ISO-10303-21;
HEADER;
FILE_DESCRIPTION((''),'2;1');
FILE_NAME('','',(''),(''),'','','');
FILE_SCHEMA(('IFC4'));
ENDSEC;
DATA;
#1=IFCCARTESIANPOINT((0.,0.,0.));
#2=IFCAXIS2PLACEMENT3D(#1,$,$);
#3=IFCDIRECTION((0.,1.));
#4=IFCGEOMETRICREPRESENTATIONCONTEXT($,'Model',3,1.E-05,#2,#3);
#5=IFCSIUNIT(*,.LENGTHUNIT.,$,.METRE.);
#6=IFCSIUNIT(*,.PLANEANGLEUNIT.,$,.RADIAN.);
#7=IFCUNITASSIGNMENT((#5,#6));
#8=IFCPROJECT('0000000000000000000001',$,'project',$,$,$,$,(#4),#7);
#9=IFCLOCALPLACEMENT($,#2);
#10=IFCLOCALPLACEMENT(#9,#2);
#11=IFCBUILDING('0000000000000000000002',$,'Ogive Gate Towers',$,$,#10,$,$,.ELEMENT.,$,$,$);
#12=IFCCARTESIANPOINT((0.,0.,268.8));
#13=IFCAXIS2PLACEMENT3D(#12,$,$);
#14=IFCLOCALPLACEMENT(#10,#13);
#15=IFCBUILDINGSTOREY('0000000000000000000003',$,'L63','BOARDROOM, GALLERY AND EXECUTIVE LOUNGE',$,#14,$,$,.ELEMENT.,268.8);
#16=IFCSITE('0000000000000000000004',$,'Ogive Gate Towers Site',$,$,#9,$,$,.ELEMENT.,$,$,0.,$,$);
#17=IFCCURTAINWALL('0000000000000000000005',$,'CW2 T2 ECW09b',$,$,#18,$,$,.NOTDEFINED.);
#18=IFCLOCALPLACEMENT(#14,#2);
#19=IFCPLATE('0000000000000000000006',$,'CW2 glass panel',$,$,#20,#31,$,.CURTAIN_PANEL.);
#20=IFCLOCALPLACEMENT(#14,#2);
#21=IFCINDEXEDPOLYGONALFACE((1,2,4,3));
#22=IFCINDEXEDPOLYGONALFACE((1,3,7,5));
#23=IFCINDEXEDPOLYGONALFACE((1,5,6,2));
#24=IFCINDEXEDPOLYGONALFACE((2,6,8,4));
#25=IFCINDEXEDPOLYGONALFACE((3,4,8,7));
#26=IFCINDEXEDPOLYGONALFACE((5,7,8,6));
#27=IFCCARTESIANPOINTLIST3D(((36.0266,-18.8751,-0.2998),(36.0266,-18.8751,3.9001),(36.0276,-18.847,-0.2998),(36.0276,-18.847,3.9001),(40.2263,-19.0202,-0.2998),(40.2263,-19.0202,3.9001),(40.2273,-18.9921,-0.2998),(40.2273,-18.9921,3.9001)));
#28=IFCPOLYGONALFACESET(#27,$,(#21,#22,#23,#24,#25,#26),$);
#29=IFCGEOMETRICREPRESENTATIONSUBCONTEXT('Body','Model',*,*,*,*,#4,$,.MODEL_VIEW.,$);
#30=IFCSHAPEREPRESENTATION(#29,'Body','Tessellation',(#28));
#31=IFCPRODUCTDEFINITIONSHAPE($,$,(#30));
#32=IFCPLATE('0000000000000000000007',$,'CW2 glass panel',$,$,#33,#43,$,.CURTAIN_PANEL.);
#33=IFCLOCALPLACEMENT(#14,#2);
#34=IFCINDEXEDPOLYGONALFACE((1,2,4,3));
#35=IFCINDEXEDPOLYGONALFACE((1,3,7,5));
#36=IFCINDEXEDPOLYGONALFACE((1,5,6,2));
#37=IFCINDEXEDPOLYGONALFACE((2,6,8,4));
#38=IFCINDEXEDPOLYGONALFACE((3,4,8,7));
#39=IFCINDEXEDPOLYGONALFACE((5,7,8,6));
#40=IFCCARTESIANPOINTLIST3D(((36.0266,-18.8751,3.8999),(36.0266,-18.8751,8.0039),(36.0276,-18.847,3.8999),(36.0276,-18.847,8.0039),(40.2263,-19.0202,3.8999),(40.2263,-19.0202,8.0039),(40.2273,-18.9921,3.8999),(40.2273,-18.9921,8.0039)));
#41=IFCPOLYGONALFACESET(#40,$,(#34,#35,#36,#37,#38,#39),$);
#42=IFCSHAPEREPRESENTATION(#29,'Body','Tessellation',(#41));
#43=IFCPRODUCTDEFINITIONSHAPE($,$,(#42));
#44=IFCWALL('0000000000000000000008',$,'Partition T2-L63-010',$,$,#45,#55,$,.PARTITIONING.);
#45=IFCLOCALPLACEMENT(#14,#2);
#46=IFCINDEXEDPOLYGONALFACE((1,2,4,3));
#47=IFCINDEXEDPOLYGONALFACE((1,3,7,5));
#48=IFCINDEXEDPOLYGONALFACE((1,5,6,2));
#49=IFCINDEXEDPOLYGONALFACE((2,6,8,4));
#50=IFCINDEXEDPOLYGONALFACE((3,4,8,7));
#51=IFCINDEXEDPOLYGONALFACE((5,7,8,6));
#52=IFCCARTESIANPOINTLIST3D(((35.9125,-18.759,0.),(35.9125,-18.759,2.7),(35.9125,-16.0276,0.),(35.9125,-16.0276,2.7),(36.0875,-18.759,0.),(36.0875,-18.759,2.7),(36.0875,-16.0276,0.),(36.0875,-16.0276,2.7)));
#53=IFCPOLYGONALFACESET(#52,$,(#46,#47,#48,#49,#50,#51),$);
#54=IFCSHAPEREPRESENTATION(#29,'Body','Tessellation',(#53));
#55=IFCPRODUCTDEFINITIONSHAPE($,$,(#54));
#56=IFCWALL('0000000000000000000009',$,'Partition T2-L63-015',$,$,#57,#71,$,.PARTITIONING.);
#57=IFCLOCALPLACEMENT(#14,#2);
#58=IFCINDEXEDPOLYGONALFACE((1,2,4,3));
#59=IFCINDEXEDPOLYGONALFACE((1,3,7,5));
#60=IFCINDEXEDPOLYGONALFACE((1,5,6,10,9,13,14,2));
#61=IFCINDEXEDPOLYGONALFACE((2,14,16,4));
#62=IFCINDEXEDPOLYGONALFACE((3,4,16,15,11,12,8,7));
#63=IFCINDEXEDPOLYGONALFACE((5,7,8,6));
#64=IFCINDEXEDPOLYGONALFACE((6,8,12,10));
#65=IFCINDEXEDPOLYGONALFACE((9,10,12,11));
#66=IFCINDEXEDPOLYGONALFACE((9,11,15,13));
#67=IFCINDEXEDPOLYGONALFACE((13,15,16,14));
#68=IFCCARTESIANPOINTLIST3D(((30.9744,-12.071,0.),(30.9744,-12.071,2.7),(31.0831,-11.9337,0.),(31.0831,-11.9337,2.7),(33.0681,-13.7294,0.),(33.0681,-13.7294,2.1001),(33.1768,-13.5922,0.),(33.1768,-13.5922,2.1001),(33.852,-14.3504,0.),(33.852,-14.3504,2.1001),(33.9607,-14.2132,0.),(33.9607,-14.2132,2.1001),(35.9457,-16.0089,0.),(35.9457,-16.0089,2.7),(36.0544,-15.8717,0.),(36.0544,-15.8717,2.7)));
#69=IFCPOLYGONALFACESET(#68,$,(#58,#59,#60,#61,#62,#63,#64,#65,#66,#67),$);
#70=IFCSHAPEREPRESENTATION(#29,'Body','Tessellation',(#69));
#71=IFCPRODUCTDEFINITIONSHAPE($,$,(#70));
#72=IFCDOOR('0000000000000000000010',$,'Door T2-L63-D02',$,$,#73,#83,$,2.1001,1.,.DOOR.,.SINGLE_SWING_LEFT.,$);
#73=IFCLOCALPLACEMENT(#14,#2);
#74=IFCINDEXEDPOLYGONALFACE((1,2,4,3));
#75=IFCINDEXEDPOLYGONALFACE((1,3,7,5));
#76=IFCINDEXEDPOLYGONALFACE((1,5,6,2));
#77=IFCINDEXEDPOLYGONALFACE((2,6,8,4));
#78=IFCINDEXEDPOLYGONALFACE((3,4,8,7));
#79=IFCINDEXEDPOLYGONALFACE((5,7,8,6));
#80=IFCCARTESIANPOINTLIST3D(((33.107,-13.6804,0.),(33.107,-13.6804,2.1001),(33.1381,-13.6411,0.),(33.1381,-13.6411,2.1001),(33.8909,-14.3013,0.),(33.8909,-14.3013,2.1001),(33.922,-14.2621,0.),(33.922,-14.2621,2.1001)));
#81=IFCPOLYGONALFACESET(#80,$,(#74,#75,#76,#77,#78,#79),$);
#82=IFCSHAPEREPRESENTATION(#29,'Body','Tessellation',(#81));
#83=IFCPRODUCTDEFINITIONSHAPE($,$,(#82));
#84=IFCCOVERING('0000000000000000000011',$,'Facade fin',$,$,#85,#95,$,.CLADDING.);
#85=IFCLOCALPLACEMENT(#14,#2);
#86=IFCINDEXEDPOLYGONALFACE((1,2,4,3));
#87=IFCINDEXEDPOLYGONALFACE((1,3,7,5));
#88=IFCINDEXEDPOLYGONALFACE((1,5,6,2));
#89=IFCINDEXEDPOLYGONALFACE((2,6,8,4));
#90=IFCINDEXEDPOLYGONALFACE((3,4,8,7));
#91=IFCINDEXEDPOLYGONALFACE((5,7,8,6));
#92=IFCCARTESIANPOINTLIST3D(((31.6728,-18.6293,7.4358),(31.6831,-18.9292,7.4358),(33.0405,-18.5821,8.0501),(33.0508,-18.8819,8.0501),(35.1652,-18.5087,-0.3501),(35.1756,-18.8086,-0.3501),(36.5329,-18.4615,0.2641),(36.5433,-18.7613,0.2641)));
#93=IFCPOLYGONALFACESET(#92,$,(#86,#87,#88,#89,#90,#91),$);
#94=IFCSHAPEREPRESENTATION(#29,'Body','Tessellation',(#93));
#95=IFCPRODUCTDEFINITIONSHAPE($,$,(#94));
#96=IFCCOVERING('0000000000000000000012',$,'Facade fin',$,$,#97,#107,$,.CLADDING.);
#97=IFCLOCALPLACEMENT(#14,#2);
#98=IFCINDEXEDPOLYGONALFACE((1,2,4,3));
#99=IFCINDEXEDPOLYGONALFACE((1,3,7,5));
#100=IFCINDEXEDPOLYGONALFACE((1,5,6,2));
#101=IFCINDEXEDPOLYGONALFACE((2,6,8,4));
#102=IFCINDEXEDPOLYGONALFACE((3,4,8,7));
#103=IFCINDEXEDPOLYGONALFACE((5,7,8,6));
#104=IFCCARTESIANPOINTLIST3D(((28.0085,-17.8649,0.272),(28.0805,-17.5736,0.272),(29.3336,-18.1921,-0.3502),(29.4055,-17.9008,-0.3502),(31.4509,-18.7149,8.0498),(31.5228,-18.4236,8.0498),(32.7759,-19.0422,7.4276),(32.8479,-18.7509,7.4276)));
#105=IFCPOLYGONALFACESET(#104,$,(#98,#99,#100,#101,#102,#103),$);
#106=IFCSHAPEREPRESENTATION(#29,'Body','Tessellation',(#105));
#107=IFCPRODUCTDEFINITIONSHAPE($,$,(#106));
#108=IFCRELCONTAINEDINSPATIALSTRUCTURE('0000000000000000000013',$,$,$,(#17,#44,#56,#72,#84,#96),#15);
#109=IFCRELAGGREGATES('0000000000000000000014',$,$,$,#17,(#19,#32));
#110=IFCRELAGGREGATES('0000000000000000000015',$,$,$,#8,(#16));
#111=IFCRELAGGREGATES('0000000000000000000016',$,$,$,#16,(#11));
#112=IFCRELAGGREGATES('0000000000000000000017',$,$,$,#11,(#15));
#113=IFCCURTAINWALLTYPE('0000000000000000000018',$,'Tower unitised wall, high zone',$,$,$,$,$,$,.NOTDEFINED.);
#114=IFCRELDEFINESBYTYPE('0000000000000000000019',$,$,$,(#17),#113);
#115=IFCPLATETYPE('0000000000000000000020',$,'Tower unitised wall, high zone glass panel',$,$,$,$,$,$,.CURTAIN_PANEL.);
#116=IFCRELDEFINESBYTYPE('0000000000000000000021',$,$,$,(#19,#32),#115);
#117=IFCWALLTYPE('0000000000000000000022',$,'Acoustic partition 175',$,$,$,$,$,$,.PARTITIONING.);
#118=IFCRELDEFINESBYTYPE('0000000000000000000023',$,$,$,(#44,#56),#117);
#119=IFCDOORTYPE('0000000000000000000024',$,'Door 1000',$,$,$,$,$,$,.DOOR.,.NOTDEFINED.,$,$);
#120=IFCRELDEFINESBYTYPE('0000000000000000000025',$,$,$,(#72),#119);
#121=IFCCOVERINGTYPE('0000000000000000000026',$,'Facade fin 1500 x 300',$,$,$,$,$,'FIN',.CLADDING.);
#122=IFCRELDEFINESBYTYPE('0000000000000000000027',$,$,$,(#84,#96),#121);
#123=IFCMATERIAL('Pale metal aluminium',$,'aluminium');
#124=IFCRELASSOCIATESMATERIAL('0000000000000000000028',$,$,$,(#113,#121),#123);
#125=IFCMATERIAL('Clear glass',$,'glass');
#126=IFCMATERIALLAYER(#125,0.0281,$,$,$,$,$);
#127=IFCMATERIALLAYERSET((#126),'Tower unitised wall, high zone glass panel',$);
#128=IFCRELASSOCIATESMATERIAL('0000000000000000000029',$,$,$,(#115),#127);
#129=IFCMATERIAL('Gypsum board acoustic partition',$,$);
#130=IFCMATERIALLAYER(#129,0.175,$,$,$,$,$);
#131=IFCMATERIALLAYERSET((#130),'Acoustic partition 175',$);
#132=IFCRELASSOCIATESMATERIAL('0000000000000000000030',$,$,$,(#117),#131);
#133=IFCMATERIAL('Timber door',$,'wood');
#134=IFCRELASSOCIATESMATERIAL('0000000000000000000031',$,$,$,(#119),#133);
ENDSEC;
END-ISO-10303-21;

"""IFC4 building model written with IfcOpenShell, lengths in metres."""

from ifc_helpers import new_model, si_unit, direction, frame, frame_2d, origin, origin_2d, place, context, subcontext, project, spatial, rectangle, extrude, material, layer, layer_set, material_profile, profile_set, type_object, element, fill, aggregate, save


model = new_model("IFC4")

# Units and contexts
model_context = context("Model", 3, precision=1e-05, world=origin(), true_north=direction((0.0, 1.0)))
body_context = subcontext(model_context, "Body", "Model", "MODEL_VIEW")
ifc_project = project(units=[si_unit("LENGTHUNIT", "METRE"), si_unit("PLANEANGLEUNIT", "RADIAN")], contexts=[model_context])

# Site, building, storey
site_placement = place(None, origin())
site = spatial("IfcSite", under=ifc_project, at=site_placement, Name="Ogive Gate Towers Site", CompositionType="ELEMENT", RefElevation=0.0)
building_placement = place(site_placement, origin())
building = spatial("IfcBuilding", under=site, at=building_placement, Name="Ogive Gate Towers", CompositionType="ELEMENT")
storey_placement = place(building_placement, frame((0.0, 0.0, 268.8)))
storey = spatial("IfcBuildingStorey", under=building, at=storey_placement, Name="L63", Description="BOARDROOM, GALLERY AND EXECUTIVE LOUNGE", CompositionType="ELEMENT", Elevation=268.8)

# Shared definitions
ifc_material_1 = material(Name="Pale metal aluminium", Category="aluminium")
curtain_wall_type = type_object("IfcCurtainWallType", Name="Tower unitised wall, high zone", PredefinedType="NOTDEFINED", material=ifc_material_1)
ifc_material_2 = material(Name="Clear glass", Category="glass")
ifc_layer_1 = layer(ifc_material_2, 0.0281)
ifc_layer_set_1 = layer_set([ifc_layer_1], Name="Tower unitised wall, high zone glass panel")
plate_type = type_object("IfcPlateType", Name="Tower unitised wall, high zone glass panel", PredefinedType="CURTAIN_PANEL", material=ifc_layer_set_1)

# Curtain wall, plates
curtain_wall_1_placement = place(storey_placement, origin())
curtain_wall_1 = element("IfcCurtainWall", 1, at=curtain_wall_1_placement, inside=storey, type_object=curtain_wall_type, Name="CW2 T2 ECW09b", PredefinedType="NOTDEFINED")
plate_1_placement = place(storey_placement, frame((38.127, -18.9336, -0.2998), z_axis=(0.0, 0.0, 1.0), x_axis=(-0.999404, 0.034533, 0.0)))
plate_1 = element("IfcPlate", 2, at=plate_1_placement, type_object=plate_type, Name="CW2 glass panel", PredefinedType="CURTAIN_PANEL", context=body_context, shape_type="SweptSolid", body=[
    extrude(rectangle(XDim=4.2021, YDim=0.0281, at=origin_2d()), origin(), (0.0, 0.0, 1.0), 4.2),
])
plate_2_placement = place(storey_placement, frame((38.127, -18.9336, 3.8999), z_axis=(0.0, 0.0, 1.0), x_axis=(-0.999404, 0.034533, 0.0)))
plate_2 = element("IfcPlate", 3, at=plate_2_placement, type_object=plate_type, Name="CW2 glass panel", PredefinedType="CURTAIN_PANEL", context=body_context, shape_type="SweptSolid", body=[
    extrude(rectangle(XDim=4.2021, YDim=0.0281, at=origin_2d()), origin(), (0.0, 0.0, 1.0), 4.104),
])
aggregate(curtain_wall_1, [plate_1, plate_2])

# Wall
ifc_material_3 = material(Name="Gypsum board acoustic partition")
ifc_layer_2 = layer(ifc_material_3, 0.175)
ifc_layer_set_2 = layer_set([ifc_layer_2], Name="Acoustic partition 175")
wall_type = type_object("IfcWallType", Name="Acoustic partition 175", PredefinedType="PARTITIONING", material=ifc_layer_set_2)
wall_1_placement = place(storey_placement, frame((36.0, -18.759, 0.0), z_axis=(0.0, 0.0, 1.0), x_axis=(0.0, 1.0, 0.0)))
element("IfcWall", 4, at=wall_1_placement, inside=storey, type_object=wall_type, Name="Partition T2-L63-010", PredefinedType="PARTITIONING", context=body_context, shape_type="SweptSolid", body=[
    extrude(rectangle(XDim=2.7314, YDim=0.175, at=frame_2d((1.3657, 0.0))), origin(), (0.0, 0.0, 1.0), 2.7),
])

# Wall, opening, door
wall_2_placement = place(storey_placement, frame((36.0, -15.9402, 0.0), z_axis=(0.0, 0.0, 1.0), x_axis=(-0.783872, 0.620923, 0.0)))
wall_2 = element("IfcWall", 5, at=wall_2_placement, inside=storey, type_object=wall_type, Name="Partition T2-L63-015", PredefinedType="PARTITIONING", context=body_context, shape_type="SweptSolid", body=[
    extrude(rectangle(XDim=6.342, YDim=0.175, at=frame_2d((3.1709, 0.0))), origin(), (0.0, 0.0, 1.0), 2.7),
])
opening_placement = place(wall_2_placement, frame((2.6709, 0.0, 0.0)))
opening = element("IfcOpeningElement", 6, at=opening_placement, cuts=wall_2, PredefinedType="OPENING", context=body_context, shape_type="SweptSolid", body=[
    extrude(rectangle(XDim=1.0, YDim=2.1001, at=frame_2d((0.5, 1.05))), frame((0.0, 0.0977, 0.0), z_axis=(0.0, -1.0, 0.0), x_axis=(1.0, 0.0, 0.0)), (0.0, 0.0, 1.0), 0.1951),
])
ifc_material_4 = material(Name="Timber door", Category="wood")
door_type = type_object("IfcDoorType", Name="Door 1000", OperationType="NOTDEFINED", PredefinedType="DOOR", material=ifc_material_4)
door_placement = place(opening_placement, origin())
door = element("IfcDoor", 7, at=door_placement, inside=storey, type_object=door_type, Name="Door T2-L63-D02", OperationType="SINGLE_SWING_LEFT", OverallHeight=2.1001, OverallWidth=1.0, PredefinedType="DOOR", context=body_context, shape_type="SweptSolid", body=[
    extrude(rectangle(XDim=1.0, YDim=2.1001, at=frame_2d((0.5, 1.05))), frame((0.0, 0.0249, 0.0), z_axis=(0.0, -1.0, 0.0), x_axis=(1.0, 0.0, 0.0)), (0.0, 0.0, 1.0), 0.05),
])
fill(opening, door)

# Coverings
ifc_material_profile_1 = material_profile(ifc_material_1, rectangle(XDim=0.3, YDim=1.5, at=origin_2d()), Name="1500 x 300 pale metal aluminium")
ifc_profile_set_1 = profile_set([ifc_material_profile_1], Name="Pale metal aluminium")
covering_type = type_object("IfcCoveringType", Name="Facade fin 1500 x 300", ElementType="FIN", PredefinedType="CLADDING", material=ifc_profile_set_1)
covering_1_placement = place(storey_placement, frame((35.8542, -18.635, -0.043), z_axis=(-0.40923, -0.014132, 0.912322), x_axis=(0.034513, -0.999404, 0.0)))
element("IfcCovering", 8, at=covering_1_placement, inside=storey, type_object=covering_type, Name="Facade fin", PredefinedType="CLADDING", context=body_context, shape_type="SweptSolid", body=[
    extrude(rectangle(XDim=0.3, YDim=1.5, at=origin_2d()), origin(), (0.0, 0.0, 1.0), 8.5342),
])
covering_2_placement = place(storey_placement, frame((28.707, -17.8828, -0.0391), z_axis=(0.402715, -0.099451, 0.909907), x_axis=(0.239748, 0.970835, 0.0)))
element("IfcCovering", 9, at=covering_2_placement, inside=storey, type_object=covering_type, Name="Facade fin", PredefinedType="CLADDING", context=body_context, shape_type="SweptSolid", body=[
    extrude(rectangle(XDim=0.3, YDim=1.5, at=origin_2d()), origin(), (0.0, 0.0, 1.0), 8.5479),
])

save(model, "model.ifc")
